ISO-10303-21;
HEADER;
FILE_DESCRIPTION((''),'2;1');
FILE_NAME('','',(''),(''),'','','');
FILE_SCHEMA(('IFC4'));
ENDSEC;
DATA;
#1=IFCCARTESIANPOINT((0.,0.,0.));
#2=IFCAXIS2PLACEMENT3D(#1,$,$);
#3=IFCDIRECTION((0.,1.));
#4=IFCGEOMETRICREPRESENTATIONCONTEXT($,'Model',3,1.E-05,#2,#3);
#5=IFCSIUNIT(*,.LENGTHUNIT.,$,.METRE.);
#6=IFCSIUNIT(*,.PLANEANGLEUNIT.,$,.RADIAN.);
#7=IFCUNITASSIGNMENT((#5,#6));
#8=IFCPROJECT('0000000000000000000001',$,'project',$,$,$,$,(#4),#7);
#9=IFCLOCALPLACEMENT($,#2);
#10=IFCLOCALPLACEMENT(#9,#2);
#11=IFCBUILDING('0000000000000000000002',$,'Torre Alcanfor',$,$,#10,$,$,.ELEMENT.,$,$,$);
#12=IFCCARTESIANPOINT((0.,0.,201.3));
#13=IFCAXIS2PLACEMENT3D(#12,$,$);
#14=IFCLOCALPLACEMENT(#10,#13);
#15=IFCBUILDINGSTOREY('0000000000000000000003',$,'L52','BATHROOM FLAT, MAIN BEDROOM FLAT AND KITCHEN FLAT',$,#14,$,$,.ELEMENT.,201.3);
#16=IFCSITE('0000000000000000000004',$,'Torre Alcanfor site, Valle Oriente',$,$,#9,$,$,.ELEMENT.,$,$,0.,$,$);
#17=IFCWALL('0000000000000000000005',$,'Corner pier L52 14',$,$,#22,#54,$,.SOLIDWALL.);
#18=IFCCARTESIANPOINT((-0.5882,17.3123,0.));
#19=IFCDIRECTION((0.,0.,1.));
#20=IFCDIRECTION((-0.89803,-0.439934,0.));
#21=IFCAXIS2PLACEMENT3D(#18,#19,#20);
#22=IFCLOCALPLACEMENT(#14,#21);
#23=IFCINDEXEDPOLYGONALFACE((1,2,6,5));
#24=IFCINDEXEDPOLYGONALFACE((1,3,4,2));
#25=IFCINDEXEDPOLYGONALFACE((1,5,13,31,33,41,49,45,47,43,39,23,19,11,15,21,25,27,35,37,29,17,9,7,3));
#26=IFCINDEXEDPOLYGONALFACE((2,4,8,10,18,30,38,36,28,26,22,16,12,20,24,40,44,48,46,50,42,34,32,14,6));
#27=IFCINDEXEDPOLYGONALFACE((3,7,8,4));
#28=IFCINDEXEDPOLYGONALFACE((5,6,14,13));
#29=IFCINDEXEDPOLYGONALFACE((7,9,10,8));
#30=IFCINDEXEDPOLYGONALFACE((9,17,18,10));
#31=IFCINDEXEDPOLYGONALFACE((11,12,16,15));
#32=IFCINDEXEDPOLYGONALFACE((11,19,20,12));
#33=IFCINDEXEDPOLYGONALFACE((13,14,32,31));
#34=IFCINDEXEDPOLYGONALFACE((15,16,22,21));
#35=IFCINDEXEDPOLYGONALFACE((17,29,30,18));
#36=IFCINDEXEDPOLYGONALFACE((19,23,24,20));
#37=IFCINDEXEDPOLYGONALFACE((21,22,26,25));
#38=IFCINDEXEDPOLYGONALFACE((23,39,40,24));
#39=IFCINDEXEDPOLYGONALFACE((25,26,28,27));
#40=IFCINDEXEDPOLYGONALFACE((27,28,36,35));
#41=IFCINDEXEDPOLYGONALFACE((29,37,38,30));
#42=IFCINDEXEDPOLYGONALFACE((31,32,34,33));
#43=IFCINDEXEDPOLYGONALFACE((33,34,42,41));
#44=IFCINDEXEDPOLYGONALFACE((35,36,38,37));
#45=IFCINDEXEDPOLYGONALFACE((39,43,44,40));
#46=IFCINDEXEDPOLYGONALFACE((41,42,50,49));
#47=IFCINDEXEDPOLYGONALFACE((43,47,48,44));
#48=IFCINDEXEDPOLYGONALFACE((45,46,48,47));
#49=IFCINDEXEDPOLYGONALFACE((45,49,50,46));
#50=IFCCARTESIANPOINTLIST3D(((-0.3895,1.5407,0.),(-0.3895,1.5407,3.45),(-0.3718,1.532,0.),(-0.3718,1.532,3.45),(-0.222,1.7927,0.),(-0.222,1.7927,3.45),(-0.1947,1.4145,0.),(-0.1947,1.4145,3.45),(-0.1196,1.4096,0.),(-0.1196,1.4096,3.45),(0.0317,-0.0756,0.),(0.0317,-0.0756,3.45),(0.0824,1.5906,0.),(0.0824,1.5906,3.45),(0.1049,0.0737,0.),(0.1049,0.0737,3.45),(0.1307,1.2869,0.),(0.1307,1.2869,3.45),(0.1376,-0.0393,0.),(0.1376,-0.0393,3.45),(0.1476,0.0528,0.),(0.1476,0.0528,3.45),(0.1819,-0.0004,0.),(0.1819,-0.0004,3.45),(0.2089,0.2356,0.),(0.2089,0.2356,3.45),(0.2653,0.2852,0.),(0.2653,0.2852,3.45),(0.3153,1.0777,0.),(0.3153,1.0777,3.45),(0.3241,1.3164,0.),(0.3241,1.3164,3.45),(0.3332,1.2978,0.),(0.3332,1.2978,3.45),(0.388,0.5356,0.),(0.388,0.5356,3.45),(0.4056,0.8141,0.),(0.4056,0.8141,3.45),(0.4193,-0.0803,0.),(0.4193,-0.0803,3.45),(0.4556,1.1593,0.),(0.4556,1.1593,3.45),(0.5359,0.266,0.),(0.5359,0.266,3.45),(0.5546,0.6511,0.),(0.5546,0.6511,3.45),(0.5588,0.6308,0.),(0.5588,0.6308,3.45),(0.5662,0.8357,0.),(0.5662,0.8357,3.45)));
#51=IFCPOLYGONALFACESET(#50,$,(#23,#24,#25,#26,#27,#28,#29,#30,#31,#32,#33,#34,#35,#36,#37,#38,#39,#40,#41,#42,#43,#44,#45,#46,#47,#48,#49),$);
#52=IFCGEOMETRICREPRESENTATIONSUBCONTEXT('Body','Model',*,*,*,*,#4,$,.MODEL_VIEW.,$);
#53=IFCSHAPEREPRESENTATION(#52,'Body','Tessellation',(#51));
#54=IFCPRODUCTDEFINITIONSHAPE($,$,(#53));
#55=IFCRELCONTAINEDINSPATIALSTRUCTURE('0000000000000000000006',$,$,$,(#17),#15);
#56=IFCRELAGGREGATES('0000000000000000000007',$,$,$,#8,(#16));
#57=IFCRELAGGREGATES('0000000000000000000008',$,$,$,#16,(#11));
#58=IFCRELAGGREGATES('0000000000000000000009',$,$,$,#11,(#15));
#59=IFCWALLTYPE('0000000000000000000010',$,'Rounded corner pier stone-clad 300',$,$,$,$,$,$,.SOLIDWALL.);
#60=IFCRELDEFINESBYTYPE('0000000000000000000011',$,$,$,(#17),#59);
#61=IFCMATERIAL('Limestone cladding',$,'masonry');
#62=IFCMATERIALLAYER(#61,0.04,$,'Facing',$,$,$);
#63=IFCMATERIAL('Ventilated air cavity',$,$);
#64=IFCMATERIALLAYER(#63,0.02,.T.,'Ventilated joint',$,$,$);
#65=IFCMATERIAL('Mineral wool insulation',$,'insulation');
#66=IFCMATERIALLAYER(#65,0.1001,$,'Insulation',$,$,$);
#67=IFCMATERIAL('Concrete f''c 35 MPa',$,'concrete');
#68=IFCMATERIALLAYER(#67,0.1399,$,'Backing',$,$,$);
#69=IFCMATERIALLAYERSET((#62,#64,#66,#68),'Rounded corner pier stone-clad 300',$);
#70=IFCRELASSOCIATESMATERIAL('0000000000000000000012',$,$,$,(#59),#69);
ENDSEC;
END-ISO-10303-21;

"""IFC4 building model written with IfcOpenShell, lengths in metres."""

from ifc_helpers import new_model, si_unit, direction, frame, origin, place, context, subcontext, project, spatial, polyline, outline, extrude, material, layer, layer_set, type_object, element, save


model = new_model("IFC4")

# Units and contexts
model_context = context("Model", 3, precision=1e-05, world=origin(), true_north=direction((0.0, 1.0)))
body_context = subcontext(model_context, "Body", "Model", "MODEL_VIEW")
ifc_project = project(units=[si_unit("LENGTHUNIT", "METRE"), si_unit("PLANEANGLEUNIT", "RADIAN")], contexts=[model_context])

# Site, building, storey
site_placement = place(None, origin())
site = spatial("IfcSite", under=ifc_project, at=site_placement, Name="Torre Alcanfor site, Valle Oriente", CompositionType="ELEMENT", RefElevation=0.0)
building_placement = place(site_placement, origin())
building = spatial("IfcBuilding", under=site, at=building_placement, Name="Torre Alcanfor", CompositionType="ELEMENT")
storey_placement = place(building_placement, frame((0.0, 0.0, 201.3)))
storey = spatial("IfcBuildingStorey", under=building, at=storey_placement, Name="L52", Description="BATHROOM FLAT, MAIN BEDROOM FLAT AND KITCHEN FLAT", CompositionType="ELEMENT", Elevation=201.3)

# Wall
ifc_material_1 = material(Name="Limestone cladding", Category="masonry")
ifc_layer_1 = layer(ifc_material_1, 0.04, Name="Facing")
ifc_material_2 = material(Name="Ventilated air cavity")
ifc_layer_2 = layer(ifc_material_2, 0.02, ventilated=True, Name="Ventilated joint")
ifc_material_3 = material(Name="Mineral wool insulation", Category="insulation")
ifc_layer_3 = layer(ifc_material_3, 0.1001, Name="Insulation")
ifc_material_4 = material(Name="Concrete f'c 35 MPa", Category="concrete")
ifc_layer_4 = layer(ifc_material_4, 0.1399, Name="Backing")
ifc_layer_set_1 = layer_set([ifc_layer_1, ifc_layer_2, ifc_layer_3, ifc_layer_4], Name="Rounded corner pier stone-clad 300")
wall_type_1 = type_object("IfcWallType", Name="Rounded corner pier stone-clad 300", PredefinedType="SOLIDWALL", material=ifc_layer_set_1)
wall_1_placement = place(storey_placement, frame((-0.5882, 17.3123, 0.0), z_axis=(0.0, 0.0, 1.0), x_axis=(-0.89803, -0.439934, 0.0)))
element("IfcWall", 1, at=wall_1_placement, inside=storey, type_object=wall_type_1, Name="Corner pier L52 14", PredefinedType="SOLIDWALL", context=body_context, shape_type="SweptSolid", body=[
    extrude(outline(polyline([(-0.222, 1.7927), (-0.3895, 1.5407), (-0.3718, 1.532), (-0.1947, 1.4145), (-0.1196, 1.4096), (0.1307, 1.2869), (0.3153, 1.0777), (0.4056, 0.8141), (0.388, 0.5356), (0.2653, 0.2852), (0.2089, 0.2356), (0.1476, 0.0528), (0.1049, 0.0737), (0.0317, -0.0756), (0.1376, -0.0393), (0.1819, -0.0004), (0.4193, -0.0803), (0.5359, 0.266), (0.5588, 0.6308), (0.5546, 0.6511), (0.5662, 0.8357), (0.4556, 1.1593), (0.3332, 1.2978), (0.3241, 1.3164), (0.0824, 1.5906), (-0.222, 1.7927)])), origin(), (0.0, 0.0, 1.0), 3.45),
])

save(model, "model.ifc")
